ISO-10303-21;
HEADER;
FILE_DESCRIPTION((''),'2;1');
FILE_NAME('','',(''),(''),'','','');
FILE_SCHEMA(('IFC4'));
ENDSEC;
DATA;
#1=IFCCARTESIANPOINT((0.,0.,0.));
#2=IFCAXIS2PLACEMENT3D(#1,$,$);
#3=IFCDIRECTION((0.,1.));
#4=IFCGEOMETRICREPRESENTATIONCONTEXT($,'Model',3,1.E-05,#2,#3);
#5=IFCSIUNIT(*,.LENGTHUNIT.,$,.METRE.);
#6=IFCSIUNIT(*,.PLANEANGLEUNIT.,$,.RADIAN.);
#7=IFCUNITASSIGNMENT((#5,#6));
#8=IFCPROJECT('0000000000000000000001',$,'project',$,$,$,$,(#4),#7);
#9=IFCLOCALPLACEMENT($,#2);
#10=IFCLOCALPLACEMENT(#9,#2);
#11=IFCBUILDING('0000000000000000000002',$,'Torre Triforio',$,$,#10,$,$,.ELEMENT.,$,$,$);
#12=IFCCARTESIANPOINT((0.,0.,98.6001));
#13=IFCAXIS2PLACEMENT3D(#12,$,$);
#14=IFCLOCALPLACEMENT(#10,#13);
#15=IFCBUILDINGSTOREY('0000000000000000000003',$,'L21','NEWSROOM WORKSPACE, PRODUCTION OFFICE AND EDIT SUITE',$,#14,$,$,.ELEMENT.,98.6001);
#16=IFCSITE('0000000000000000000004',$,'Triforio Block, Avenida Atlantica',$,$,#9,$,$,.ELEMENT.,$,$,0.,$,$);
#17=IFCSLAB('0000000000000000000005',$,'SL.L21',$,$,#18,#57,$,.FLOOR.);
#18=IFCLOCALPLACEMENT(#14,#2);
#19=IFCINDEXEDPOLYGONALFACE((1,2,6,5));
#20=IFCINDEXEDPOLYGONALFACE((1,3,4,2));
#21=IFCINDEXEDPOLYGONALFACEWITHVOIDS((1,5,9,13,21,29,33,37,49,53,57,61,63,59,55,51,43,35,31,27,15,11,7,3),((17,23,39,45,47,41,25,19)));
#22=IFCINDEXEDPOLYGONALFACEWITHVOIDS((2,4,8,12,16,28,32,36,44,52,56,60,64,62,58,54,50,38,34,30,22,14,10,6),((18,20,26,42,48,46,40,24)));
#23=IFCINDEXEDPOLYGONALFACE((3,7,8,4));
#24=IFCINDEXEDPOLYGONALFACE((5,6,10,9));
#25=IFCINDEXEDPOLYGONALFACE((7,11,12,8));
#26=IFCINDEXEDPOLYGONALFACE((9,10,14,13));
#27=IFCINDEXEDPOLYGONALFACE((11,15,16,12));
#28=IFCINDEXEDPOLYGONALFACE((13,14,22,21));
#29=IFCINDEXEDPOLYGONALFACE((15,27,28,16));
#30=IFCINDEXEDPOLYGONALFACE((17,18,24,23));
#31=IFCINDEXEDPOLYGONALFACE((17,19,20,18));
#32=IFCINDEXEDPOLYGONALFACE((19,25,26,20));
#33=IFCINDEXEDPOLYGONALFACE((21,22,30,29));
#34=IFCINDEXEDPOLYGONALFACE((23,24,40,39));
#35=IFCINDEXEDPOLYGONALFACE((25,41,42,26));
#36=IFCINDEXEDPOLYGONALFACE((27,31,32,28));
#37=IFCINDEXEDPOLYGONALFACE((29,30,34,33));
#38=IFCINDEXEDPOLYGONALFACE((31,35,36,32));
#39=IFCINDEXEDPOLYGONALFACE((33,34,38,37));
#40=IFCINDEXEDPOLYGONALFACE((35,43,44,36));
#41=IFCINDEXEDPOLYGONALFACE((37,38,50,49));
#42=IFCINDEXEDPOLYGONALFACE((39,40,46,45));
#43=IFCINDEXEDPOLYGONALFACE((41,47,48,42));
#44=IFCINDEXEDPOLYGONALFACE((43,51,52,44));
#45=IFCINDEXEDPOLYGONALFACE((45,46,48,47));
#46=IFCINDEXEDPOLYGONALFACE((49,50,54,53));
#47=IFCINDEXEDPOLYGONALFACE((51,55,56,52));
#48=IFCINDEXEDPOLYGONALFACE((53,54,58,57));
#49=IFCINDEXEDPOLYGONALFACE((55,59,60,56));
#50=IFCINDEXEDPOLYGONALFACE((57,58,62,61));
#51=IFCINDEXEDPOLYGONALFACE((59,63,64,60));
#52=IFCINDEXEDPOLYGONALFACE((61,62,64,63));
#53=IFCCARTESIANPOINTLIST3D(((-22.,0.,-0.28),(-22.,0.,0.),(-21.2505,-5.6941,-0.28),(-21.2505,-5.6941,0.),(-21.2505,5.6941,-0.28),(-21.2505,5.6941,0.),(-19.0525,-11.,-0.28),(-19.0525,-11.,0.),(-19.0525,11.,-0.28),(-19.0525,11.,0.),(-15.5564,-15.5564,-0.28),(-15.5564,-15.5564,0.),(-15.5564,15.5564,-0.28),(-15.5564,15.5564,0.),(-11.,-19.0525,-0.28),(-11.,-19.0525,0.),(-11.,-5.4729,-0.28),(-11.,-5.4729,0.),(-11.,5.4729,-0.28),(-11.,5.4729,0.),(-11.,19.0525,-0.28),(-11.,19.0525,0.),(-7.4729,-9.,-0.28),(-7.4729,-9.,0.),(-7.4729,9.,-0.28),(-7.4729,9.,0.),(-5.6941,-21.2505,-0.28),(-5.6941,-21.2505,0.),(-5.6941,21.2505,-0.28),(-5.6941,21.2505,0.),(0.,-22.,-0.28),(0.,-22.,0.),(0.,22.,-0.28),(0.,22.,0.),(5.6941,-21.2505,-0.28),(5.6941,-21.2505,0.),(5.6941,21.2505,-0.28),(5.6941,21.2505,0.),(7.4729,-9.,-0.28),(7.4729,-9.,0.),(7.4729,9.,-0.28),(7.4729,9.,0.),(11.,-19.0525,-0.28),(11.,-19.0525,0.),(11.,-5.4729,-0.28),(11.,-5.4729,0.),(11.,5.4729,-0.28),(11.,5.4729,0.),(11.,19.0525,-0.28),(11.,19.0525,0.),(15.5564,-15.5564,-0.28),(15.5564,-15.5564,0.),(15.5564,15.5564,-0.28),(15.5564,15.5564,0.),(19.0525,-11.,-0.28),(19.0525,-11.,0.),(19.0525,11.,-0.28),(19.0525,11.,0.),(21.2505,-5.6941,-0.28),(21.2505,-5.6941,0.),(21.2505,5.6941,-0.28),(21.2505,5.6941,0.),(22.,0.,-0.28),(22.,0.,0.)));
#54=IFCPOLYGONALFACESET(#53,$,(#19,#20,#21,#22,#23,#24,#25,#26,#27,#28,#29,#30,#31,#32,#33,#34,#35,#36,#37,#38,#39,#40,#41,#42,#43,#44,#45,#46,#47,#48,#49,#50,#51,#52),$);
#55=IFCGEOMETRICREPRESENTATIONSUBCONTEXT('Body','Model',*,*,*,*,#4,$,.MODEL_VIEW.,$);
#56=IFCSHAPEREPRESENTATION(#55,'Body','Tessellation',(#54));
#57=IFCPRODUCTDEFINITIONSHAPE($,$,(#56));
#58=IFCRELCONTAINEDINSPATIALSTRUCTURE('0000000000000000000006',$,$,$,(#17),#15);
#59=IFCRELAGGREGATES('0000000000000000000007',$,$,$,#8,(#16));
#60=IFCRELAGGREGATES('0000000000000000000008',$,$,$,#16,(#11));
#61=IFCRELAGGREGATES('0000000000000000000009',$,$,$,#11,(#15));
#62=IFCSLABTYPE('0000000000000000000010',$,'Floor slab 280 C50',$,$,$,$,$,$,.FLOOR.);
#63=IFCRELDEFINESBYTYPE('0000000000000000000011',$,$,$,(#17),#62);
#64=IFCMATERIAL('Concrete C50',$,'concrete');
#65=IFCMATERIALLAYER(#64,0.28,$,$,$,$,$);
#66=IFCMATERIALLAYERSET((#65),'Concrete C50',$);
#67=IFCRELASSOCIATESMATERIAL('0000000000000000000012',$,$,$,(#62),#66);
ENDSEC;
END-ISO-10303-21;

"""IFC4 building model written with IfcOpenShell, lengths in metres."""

from ifc_helpers import new_model, si_unit, direction, frame, origin, place, context, subcontext, project, spatial, polyline, outline, extrude, material, layer, layer_set, type_object, element, save


model = new_model("IFC4")

# Units and contexts
model_context = context("Model", 3, precision=1e-05, world=origin(), true_north=direction((0.0, 1.0)))
body_context = subcontext(model_context, "Body", "Model", "MODEL_VIEW")
ifc_project = project(units=[si_unit("LENGTHUNIT", "METRE"), si_unit("PLANEANGLEUNIT", "RADIAN")], contexts=[model_context])

# Site, building, storey
site_placement = place(None, origin())
site = spatial("IfcSite", under=ifc_project, at=site_placement, Name="Triforio Block, Avenida Atlantica", CompositionType="ELEMENT", RefElevation=0.0)
building_placement = place(site_placement, origin())
building = spatial("IfcBuilding", under=site, at=building_placement, Name="Torre Triforio", CompositionType="ELEMENT")
storey_placement = place(building_placement, frame((0.0, 0.0, 98.6001)))
storey = spatial("IfcBuildingStorey", under=building, at=storey_placement, Name="L21", Description="NEWSROOM WORKSPACE, PRODUCTION OFFICE AND EDIT SUITE", CompositionType="ELEMENT", Elevation=98.6001)

# Slab
ifc_material_1 = material(Name="Concrete C50", Category="concrete")
ifc_layer_1 = layer(ifc_material_1, 0.28)
ifc_layer_set_1 = layer_set([ifc_layer_1], Name="Concrete C50")
slab_type_1 = type_object("IfcSlabType", Name="Floor slab 280 C50", PredefinedType="FLOOR", material=ifc_layer_set_1)
slab_1_placement = place(storey_placement, frame((0.0, 0.0, -0.28)))
element("IfcSlab", 1, at=slab_1_placement, inside=storey, type_object=slab_type_1, Name="SL.L21", PredefinedType="FLOOR", context=body_context, shape_type="SweptSolid", body=[
    extrude(outline(polyline([(19.0525, -11.0), (21.2505, -5.6941), (22.0, 0.0), (21.2505, 5.6941), (19.0525, 11.0), (15.5564, 15.5564), (11.0, 19.0525), (5.6941, 21.2505), (0.0, 22.0), (-5.6941, 21.2505), (-11.0, 19.0525), (-15.5564, 15.5564), (-19.0525, 11.0), (-21.2505, 5.6941), (-22.0, 0.0), (-21.2505, -5.6941), (-19.0525, -11.0), (-15.5564, -15.5564), (-11.0, -19.0525), (-5.6941, -21.2505), (0.0, -22.0), (5.6941, -21.2505), (11.0, -19.0525), (15.5564, -15.5564), (19.0525, -11.0)]), holes=[polyline([(11.0, 5.4729), (11.0, -5.4729), (7.4729, -9.0), (-7.4729, -9.0), (-11.0, -5.4729), (-11.0, 5.4729), (-7.4729, 9.0), (7.4729, 9.0), (11.0, 5.4729)])]), origin(), (0.0, 0.0, 1.0), 0.28),
])

save(model, "model.ifc")
